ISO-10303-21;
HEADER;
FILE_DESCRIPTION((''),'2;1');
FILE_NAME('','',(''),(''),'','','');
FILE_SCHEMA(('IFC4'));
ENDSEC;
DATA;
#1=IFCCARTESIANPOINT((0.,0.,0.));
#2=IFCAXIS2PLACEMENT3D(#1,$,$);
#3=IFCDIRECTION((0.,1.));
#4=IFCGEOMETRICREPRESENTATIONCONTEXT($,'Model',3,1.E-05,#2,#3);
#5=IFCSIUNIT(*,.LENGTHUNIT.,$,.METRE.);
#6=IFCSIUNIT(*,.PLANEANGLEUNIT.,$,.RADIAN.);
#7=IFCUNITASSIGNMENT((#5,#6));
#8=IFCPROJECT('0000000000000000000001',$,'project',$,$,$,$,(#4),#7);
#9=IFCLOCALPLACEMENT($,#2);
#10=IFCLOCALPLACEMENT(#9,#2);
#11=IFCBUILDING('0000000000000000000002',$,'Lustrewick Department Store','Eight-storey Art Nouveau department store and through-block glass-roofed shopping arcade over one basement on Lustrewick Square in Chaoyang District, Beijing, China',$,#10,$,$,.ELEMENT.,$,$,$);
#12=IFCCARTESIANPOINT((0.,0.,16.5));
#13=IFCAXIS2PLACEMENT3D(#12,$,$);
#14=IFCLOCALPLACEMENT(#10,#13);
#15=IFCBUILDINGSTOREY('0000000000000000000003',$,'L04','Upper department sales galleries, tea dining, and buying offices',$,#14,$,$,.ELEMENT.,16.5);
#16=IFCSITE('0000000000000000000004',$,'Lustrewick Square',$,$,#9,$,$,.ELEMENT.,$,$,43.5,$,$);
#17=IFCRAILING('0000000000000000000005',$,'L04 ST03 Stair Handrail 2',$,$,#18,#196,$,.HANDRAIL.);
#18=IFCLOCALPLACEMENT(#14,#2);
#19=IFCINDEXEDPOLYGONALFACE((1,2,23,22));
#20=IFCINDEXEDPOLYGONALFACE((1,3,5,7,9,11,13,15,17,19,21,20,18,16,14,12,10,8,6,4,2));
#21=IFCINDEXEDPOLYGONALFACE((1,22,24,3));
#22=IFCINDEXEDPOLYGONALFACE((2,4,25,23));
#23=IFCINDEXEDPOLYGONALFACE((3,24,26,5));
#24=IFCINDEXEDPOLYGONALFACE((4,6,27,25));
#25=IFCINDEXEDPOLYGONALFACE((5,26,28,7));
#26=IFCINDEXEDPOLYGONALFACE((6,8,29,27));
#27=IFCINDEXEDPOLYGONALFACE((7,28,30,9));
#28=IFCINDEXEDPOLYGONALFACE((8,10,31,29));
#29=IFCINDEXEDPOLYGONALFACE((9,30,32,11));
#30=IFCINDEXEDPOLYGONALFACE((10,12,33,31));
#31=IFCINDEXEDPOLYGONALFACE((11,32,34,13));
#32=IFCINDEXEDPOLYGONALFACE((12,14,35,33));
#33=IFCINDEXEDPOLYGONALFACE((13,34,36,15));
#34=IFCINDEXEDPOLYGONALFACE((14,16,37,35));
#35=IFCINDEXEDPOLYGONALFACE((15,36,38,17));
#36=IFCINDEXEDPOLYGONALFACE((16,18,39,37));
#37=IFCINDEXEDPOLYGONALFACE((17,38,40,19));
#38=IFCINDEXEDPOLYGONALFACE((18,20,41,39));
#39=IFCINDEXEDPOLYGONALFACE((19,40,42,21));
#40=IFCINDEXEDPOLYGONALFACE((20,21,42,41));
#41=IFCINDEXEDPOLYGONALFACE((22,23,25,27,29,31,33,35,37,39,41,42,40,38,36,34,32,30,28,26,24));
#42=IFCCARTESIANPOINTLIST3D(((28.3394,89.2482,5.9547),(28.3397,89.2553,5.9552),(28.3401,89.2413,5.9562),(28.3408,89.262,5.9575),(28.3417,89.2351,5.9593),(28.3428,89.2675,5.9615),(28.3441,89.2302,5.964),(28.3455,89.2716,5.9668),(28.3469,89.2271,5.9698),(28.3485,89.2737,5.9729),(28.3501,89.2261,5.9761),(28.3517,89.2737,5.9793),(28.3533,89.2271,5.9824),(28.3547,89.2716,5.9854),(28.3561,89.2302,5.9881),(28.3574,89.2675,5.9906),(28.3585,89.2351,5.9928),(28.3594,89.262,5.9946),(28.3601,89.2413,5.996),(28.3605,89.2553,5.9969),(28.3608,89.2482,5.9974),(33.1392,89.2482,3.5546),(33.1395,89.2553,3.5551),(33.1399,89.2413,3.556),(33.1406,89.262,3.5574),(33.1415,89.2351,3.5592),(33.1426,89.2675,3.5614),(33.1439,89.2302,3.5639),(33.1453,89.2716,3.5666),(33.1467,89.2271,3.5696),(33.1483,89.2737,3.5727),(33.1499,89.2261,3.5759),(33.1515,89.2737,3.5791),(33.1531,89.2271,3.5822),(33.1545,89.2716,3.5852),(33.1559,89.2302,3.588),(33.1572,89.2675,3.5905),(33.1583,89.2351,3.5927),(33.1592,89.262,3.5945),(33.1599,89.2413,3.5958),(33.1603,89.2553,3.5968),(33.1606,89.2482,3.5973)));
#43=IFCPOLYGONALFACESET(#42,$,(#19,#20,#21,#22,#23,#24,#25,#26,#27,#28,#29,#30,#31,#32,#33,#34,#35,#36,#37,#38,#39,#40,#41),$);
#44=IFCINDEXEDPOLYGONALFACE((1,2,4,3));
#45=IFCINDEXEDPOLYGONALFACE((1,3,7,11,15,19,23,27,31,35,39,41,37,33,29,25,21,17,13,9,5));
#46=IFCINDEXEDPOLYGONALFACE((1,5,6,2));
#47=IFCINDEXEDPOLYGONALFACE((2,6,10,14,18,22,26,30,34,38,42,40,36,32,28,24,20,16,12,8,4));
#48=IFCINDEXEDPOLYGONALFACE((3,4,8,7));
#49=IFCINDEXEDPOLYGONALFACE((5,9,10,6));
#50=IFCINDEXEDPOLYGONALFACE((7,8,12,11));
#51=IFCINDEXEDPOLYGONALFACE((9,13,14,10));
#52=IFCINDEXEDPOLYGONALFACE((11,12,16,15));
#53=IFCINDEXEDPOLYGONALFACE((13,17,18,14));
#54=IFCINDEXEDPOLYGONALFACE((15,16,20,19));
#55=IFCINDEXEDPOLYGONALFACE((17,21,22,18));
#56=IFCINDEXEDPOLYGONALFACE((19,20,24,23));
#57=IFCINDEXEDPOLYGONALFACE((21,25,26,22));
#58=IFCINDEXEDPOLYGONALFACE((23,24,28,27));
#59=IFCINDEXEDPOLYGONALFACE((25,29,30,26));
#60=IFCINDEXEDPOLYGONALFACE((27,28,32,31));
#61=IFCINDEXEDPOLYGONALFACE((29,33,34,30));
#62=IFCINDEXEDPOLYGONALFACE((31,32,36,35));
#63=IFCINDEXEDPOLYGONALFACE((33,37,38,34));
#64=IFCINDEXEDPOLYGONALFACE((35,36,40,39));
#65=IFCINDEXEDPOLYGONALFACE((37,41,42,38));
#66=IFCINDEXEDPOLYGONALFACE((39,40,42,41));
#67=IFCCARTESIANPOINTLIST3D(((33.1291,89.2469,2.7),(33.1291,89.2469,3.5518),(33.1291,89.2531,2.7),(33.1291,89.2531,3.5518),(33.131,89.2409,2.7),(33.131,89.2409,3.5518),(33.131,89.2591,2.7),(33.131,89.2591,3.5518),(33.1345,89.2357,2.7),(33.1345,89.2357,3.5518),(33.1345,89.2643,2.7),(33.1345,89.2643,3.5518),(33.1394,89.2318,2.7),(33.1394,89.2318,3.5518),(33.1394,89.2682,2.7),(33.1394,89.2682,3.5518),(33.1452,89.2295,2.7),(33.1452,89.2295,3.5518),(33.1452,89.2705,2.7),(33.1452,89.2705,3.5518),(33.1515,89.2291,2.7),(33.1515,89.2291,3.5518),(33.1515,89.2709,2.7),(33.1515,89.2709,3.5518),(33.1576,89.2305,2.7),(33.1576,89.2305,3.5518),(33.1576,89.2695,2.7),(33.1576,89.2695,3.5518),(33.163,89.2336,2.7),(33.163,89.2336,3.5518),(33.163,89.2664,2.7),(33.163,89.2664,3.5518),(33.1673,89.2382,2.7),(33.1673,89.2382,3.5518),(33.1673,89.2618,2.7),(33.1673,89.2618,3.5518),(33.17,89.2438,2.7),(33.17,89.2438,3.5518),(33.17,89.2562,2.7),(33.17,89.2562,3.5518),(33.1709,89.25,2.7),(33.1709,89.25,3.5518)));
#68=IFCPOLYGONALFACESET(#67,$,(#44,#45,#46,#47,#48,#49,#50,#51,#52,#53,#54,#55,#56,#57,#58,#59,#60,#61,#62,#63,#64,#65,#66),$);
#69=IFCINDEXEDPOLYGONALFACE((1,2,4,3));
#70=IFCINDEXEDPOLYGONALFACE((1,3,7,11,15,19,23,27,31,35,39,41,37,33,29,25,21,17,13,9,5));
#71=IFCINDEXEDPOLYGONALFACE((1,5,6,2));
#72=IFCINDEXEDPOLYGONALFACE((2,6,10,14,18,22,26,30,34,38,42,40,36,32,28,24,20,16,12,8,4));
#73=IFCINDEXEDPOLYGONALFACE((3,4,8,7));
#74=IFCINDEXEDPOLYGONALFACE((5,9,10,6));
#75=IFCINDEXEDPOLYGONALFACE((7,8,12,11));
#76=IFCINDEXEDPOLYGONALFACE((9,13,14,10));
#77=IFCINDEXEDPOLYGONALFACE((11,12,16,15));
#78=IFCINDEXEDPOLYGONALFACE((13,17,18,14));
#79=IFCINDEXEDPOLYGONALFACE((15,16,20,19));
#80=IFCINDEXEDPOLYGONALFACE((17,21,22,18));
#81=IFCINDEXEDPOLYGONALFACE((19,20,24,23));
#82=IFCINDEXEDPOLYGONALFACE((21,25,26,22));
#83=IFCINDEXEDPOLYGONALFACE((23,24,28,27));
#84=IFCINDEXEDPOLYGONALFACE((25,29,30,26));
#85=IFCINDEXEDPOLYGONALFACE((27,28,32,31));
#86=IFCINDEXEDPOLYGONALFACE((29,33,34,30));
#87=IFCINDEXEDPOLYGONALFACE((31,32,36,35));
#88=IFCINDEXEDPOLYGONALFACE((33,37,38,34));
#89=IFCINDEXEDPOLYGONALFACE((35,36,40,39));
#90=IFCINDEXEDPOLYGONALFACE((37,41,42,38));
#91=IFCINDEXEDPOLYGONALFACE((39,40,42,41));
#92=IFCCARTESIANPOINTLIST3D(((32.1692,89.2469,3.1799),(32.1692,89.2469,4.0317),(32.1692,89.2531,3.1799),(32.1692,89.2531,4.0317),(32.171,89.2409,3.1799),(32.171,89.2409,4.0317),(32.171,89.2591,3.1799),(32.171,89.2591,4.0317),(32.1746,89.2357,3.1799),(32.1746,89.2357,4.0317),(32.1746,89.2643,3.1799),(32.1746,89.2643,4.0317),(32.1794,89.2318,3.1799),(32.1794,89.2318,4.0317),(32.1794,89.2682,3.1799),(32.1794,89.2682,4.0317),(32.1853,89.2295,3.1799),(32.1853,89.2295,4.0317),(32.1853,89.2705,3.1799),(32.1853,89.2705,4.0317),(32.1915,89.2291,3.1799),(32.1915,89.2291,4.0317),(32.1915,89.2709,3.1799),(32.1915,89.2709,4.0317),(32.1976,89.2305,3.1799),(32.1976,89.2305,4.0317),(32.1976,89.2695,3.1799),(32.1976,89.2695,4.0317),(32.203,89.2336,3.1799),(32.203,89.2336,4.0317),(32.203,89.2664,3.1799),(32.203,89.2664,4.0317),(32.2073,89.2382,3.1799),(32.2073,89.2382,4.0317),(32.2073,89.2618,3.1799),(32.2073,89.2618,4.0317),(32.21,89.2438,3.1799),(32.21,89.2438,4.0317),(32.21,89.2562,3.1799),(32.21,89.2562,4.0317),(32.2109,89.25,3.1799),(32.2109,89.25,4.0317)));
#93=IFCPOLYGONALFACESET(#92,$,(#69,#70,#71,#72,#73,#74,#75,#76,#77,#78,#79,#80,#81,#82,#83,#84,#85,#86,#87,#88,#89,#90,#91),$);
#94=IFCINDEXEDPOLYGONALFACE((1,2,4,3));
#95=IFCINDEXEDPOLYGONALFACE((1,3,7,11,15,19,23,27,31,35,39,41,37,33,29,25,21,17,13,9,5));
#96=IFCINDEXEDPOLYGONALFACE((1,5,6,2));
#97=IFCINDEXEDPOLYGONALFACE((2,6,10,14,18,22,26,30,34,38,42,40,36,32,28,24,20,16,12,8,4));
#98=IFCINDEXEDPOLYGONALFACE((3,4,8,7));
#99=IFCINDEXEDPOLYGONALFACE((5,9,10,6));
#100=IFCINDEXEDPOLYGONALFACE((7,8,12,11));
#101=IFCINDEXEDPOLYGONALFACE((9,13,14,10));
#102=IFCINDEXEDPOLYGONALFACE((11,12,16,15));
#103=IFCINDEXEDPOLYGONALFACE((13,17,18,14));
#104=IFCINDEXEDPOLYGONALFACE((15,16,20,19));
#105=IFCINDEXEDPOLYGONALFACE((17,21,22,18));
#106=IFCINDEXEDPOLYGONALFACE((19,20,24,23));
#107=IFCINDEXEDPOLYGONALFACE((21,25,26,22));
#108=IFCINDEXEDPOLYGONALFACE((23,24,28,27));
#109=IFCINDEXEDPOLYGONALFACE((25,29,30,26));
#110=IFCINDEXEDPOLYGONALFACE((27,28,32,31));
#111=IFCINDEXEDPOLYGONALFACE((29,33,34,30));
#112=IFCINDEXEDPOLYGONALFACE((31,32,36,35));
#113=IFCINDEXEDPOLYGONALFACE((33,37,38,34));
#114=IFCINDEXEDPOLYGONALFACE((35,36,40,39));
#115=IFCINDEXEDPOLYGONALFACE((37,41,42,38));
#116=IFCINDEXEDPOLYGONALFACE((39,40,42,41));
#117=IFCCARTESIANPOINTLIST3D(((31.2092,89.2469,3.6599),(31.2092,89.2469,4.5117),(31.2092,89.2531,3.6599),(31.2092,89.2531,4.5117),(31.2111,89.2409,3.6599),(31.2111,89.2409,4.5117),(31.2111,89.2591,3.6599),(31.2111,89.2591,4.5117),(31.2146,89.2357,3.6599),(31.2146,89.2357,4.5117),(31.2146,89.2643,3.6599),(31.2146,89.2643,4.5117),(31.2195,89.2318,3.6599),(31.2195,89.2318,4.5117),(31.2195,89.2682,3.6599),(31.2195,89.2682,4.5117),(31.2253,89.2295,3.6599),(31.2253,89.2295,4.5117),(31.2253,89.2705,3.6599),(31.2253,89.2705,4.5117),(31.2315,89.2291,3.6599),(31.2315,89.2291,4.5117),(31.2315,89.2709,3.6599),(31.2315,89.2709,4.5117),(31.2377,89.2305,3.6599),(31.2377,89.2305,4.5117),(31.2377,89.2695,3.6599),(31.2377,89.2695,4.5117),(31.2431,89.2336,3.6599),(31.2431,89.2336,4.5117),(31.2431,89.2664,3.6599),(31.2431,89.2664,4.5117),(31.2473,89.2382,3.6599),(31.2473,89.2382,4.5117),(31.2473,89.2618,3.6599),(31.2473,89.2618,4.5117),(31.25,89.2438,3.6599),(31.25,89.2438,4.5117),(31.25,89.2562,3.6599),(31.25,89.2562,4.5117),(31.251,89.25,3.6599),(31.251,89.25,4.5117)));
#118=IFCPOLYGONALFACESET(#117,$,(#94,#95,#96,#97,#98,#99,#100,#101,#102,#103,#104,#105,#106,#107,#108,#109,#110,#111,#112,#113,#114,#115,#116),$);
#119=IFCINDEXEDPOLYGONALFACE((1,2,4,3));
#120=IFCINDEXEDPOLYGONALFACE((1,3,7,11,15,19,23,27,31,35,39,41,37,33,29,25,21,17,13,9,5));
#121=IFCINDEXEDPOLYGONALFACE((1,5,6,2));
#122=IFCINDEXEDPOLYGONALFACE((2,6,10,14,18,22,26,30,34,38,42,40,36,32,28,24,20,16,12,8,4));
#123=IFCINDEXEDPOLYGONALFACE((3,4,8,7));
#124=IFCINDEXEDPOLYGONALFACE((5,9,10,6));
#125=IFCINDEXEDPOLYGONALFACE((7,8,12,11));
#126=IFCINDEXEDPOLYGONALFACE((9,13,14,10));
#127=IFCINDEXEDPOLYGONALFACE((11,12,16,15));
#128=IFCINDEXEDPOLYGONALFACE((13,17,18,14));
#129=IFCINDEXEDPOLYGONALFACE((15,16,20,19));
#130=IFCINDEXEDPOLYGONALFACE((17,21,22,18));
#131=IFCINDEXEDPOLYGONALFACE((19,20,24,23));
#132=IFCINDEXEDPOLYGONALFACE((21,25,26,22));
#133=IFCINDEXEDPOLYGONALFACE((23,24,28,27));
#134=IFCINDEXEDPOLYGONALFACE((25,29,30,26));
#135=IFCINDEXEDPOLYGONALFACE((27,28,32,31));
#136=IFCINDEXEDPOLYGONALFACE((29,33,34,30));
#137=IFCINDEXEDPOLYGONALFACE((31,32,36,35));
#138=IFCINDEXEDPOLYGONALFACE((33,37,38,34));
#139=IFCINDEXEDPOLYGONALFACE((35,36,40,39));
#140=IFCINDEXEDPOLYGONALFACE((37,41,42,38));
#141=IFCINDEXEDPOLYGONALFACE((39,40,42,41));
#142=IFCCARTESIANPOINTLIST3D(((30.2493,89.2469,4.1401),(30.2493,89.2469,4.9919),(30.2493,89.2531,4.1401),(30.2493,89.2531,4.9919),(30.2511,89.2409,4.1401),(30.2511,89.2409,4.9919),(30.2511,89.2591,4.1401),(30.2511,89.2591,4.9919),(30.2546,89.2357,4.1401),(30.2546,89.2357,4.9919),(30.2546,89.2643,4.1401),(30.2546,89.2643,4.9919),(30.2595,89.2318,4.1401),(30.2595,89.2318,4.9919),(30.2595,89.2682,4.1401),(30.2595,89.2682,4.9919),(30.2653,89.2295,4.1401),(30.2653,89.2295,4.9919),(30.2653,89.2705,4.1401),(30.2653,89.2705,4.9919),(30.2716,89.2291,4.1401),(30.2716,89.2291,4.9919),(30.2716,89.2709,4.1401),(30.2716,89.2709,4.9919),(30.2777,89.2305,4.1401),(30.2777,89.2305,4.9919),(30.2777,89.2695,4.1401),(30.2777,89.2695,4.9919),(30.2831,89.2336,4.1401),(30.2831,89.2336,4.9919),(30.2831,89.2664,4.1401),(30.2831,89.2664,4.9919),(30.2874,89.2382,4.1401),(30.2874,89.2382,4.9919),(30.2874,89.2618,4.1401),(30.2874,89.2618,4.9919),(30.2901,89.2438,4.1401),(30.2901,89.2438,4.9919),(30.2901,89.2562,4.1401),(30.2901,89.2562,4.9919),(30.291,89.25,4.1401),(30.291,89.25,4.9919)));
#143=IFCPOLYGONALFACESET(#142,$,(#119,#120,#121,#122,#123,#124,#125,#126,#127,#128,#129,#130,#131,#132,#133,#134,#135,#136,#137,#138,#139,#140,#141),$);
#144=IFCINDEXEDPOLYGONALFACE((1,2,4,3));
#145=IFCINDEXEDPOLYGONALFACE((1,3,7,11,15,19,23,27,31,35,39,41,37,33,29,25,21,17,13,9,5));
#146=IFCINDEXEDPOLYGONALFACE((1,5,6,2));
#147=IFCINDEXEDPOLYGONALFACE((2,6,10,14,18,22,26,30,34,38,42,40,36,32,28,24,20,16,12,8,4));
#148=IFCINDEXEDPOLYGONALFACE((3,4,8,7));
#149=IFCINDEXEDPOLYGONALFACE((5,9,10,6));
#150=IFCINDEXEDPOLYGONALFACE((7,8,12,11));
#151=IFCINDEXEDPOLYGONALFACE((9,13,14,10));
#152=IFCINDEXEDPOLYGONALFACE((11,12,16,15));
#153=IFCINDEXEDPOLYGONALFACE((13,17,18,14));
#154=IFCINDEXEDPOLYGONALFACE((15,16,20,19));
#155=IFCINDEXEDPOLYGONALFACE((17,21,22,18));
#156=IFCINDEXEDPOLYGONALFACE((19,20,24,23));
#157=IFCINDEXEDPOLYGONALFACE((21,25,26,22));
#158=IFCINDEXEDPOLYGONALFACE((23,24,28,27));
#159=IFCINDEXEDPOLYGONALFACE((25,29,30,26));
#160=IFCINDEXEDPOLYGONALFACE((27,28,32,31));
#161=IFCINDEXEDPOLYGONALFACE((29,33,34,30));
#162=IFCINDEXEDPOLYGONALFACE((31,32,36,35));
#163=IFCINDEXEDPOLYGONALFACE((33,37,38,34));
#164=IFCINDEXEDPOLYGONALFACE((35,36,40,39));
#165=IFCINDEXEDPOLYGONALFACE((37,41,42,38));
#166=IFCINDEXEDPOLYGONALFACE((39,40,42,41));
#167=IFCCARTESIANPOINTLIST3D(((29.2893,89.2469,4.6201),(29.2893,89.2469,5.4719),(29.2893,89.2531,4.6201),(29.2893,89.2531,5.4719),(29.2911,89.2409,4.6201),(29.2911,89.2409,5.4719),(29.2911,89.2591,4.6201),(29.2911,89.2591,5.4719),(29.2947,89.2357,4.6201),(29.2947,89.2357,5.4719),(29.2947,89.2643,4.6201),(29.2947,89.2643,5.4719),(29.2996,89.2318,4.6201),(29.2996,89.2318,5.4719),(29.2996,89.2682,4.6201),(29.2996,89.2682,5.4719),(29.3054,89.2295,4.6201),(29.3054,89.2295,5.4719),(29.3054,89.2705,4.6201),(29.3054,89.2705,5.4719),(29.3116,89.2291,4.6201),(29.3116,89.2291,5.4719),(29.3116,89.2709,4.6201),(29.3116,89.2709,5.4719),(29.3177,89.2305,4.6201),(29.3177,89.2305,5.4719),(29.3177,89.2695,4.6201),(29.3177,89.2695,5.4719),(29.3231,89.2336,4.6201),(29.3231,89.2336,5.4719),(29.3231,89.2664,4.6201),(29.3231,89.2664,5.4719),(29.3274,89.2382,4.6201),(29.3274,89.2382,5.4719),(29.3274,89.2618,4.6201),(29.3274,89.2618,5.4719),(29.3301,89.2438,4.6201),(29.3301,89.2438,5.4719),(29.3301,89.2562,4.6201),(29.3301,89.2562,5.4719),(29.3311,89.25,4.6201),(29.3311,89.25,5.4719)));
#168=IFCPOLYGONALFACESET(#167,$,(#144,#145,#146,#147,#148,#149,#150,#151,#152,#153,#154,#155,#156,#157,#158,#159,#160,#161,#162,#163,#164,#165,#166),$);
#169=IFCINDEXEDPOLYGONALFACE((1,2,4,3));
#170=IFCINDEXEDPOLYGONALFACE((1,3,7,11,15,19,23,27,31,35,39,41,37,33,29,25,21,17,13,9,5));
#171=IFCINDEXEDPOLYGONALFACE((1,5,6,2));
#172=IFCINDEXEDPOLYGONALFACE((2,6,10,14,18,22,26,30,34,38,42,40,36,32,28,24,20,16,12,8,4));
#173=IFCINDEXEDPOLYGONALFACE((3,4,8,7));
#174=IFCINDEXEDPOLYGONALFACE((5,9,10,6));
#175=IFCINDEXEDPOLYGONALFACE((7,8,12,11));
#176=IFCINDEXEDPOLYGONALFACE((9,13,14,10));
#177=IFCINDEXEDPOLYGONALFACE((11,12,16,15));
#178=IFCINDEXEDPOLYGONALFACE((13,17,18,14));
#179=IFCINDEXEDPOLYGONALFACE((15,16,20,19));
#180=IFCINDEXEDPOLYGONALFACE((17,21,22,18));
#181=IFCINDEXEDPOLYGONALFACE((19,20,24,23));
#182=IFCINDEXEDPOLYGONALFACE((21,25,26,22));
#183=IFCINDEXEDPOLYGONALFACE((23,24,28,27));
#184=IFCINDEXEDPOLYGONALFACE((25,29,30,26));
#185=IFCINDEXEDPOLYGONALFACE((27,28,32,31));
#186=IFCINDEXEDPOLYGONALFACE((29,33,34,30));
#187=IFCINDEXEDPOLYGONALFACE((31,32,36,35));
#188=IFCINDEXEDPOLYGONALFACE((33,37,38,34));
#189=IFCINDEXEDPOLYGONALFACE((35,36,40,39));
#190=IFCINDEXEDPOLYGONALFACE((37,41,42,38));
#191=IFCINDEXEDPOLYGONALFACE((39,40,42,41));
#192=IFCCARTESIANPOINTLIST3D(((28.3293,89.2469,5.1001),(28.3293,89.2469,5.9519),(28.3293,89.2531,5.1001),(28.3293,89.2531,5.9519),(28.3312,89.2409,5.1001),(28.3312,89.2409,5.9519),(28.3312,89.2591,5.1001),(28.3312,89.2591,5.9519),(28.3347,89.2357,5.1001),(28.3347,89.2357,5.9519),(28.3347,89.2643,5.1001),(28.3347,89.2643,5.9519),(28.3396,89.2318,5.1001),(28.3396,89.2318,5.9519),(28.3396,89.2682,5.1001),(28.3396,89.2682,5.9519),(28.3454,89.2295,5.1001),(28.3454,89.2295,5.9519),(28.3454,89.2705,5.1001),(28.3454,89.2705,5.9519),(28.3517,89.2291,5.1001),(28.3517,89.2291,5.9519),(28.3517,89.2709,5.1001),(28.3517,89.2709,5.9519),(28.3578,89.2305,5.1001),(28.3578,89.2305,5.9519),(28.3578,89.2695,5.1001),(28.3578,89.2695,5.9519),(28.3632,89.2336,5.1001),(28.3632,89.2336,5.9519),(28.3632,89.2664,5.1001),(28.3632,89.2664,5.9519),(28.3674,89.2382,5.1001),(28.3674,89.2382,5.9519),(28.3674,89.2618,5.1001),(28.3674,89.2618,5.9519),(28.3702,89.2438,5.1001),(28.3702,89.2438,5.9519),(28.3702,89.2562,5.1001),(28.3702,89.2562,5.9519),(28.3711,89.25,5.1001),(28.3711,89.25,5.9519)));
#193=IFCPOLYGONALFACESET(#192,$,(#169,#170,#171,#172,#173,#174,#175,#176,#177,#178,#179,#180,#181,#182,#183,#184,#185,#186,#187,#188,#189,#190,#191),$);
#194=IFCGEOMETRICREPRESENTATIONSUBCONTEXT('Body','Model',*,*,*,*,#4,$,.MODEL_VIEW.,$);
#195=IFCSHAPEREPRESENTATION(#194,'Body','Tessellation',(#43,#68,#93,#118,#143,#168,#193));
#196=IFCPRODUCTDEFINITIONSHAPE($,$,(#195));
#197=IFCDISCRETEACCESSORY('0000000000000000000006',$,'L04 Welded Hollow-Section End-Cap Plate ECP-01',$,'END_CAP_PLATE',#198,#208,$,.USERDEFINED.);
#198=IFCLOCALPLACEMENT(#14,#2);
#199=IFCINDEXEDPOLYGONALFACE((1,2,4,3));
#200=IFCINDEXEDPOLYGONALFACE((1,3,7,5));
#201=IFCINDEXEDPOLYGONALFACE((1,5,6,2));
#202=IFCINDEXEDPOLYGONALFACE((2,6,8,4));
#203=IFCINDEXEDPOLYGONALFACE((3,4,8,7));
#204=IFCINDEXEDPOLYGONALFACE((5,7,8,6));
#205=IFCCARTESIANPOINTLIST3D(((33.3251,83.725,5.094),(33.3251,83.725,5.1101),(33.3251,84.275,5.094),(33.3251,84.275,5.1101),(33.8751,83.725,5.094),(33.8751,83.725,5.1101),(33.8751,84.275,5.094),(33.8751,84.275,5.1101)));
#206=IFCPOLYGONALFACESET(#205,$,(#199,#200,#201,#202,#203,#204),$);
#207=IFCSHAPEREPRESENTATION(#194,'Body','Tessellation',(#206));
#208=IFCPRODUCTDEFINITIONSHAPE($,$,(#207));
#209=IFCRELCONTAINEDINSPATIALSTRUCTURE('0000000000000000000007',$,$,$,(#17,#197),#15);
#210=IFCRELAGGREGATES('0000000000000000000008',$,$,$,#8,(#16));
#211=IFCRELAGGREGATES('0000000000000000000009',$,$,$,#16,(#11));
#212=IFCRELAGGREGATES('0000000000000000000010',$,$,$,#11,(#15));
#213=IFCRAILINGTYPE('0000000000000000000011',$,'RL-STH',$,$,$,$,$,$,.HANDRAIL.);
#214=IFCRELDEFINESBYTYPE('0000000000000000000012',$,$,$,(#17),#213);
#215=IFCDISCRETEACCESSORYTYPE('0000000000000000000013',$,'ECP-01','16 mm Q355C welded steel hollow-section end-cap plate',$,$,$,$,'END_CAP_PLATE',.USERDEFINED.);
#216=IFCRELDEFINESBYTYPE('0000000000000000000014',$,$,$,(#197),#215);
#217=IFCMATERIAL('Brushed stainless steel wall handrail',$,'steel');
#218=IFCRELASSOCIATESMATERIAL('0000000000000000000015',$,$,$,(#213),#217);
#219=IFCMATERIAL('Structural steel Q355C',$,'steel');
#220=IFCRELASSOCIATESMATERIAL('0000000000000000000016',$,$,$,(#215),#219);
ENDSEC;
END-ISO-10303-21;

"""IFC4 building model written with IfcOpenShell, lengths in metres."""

from ifc_helpers import new_model, si_unit, direction, frame, origin, origin_2d, place, context, subcontext, project, spatial, rectangle, circle, extrude, material, type_object, element, save


model = new_model("IFC4")

# Units and contexts
model_context = context("Model", 3, precision=1e-05, world=origin(), true_north=direction((0.0, 1.0)))
body_context = subcontext(model_context, "Body", "Model", "MODEL_VIEW")
ifc_project = project(units=[si_unit("LENGTHUNIT", "METRE"), si_unit("PLANEANGLEUNIT", "RADIAN")], contexts=[model_context])

# Site, building, storey
site_placement = place(None, origin())
site = spatial("IfcSite", under=ifc_project, at=site_placement, Name="Lustrewick Square", CompositionType="ELEMENT", RefElevation=43.5)
building_placement = place(site_placement, origin())
building = spatial("IfcBuilding", under=site, at=building_placement, Name="Lustrewick Department Store", Description="Eight-storey Art Nouveau department store and through-block glass-roofed shopping arcade over one basement on Lustrewick Square in Chaoyang District, Beijing, China", CompositionType="ELEMENT")
storey_placement = place(building_placement, frame((0.0, 0.0, 16.5)))
storey = spatial("IfcBuildingStorey", under=building, at=storey_placement, Name="L04", Description="Upper department sales galleries, tea dining, and buying offices", CompositionType="ELEMENT", Elevation=16.5)

# Shared definitions
ifc_material_1 = material(Name="Structural steel Q355C", Category="steel")

# Railing
ifc_material_2 = material(Name="Brushed stainless steel wall handrail", Category="steel")
railing_type_1 = type_object("IfcRailingType", Name="RL-STH", PredefinedType="HANDRAIL", material=ifc_material_2)
railing_1_placement = place(storey_placement, frame((33.1499, 89.25, 2.7)))
element("IfcRailing", 1, at=railing_1_placement, inside=storey, type_object=railing_type_1, Name="L04 ST03 Stair Handrail 2", PredefinedType="HANDRAIL", context=body_context, shape_type="SweptSolid", body=[
    extrude(circle(Radius=0.0239, at=origin_2d()), frame((0.0, 0.0, 0.876), z_axis=(-0.894409, 0.0, 0.44725), x_axis=(0.0, -1.0, 0.0)), (0.0, 0.0, 1.0), 5.3665),
    extrude(circle(Radius=0.021, at=origin_2d()), origin(), (0.0, 0.0, 1.0), 0.8518),
    extrude(circle(Radius=0.021, at=origin_2d()), frame((-0.96, 0.0, 0.48)), (0.0, 0.0, 1.0), 0.8518),
    extrude(circle(Radius=0.021, at=origin_2d()), frame((-1.9199, 0.0, 0.96)), (0.0, 0.0, 1.0), 0.8518),
    extrude(circle(Radius=0.021, at=origin_2d()), frame((-2.8799, 0.0, 1.4402)), (0.0, 0.0, 1.0), 0.8518),
    extrude(circle(Radius=0.021, at=origin_2d()), frame((-3.8398, 0.0, 1.9202)), (0.0, 0.0, 1.0), 0.8518),
    extrude(circle(Radius=0.021, at=origin_2d()), frame((-4.7998, 0.0, 2.4001)), (0.0, 0.0, 1.0), 0.8518),
])

# Discrete accessory
discrete_accessory_type = type_object("IfcDiscreteAccessoryType", Name="ECP-01", Description="16 mm Q355C welded steel hollow-section end-cap plate", ElementType="END_CAP_PLATE", PredefinedType="USERDEFINED", material=ifc_material_1)
discrete_accessory_placement = place(storey_placement, frame((33.6001, 84.0, 5.094), z_axis=(0.0, 0.0, 1.0), x_axis=(1.0, 0.0, 0.0)))
element("IfcDiscreteAccessory", 2, at=discrete_accessory_placement, inside=storey, type_object=discrete_accessory_type, Name="L04 Welded Hollow-Section End-Cap Plate ECP-01", ObjectType="END_CAP_PLATE", PredefinedType="USERDEFINED", context=body_context, shape_type="SweptSolid", body=[
    extrude(rectangle(XDim=0.55, YDim=0.55, at=origin_2d()), origin(), (0.0, 0.0, 1.0), 0.0161),
])

save(model, "model.ifc")
